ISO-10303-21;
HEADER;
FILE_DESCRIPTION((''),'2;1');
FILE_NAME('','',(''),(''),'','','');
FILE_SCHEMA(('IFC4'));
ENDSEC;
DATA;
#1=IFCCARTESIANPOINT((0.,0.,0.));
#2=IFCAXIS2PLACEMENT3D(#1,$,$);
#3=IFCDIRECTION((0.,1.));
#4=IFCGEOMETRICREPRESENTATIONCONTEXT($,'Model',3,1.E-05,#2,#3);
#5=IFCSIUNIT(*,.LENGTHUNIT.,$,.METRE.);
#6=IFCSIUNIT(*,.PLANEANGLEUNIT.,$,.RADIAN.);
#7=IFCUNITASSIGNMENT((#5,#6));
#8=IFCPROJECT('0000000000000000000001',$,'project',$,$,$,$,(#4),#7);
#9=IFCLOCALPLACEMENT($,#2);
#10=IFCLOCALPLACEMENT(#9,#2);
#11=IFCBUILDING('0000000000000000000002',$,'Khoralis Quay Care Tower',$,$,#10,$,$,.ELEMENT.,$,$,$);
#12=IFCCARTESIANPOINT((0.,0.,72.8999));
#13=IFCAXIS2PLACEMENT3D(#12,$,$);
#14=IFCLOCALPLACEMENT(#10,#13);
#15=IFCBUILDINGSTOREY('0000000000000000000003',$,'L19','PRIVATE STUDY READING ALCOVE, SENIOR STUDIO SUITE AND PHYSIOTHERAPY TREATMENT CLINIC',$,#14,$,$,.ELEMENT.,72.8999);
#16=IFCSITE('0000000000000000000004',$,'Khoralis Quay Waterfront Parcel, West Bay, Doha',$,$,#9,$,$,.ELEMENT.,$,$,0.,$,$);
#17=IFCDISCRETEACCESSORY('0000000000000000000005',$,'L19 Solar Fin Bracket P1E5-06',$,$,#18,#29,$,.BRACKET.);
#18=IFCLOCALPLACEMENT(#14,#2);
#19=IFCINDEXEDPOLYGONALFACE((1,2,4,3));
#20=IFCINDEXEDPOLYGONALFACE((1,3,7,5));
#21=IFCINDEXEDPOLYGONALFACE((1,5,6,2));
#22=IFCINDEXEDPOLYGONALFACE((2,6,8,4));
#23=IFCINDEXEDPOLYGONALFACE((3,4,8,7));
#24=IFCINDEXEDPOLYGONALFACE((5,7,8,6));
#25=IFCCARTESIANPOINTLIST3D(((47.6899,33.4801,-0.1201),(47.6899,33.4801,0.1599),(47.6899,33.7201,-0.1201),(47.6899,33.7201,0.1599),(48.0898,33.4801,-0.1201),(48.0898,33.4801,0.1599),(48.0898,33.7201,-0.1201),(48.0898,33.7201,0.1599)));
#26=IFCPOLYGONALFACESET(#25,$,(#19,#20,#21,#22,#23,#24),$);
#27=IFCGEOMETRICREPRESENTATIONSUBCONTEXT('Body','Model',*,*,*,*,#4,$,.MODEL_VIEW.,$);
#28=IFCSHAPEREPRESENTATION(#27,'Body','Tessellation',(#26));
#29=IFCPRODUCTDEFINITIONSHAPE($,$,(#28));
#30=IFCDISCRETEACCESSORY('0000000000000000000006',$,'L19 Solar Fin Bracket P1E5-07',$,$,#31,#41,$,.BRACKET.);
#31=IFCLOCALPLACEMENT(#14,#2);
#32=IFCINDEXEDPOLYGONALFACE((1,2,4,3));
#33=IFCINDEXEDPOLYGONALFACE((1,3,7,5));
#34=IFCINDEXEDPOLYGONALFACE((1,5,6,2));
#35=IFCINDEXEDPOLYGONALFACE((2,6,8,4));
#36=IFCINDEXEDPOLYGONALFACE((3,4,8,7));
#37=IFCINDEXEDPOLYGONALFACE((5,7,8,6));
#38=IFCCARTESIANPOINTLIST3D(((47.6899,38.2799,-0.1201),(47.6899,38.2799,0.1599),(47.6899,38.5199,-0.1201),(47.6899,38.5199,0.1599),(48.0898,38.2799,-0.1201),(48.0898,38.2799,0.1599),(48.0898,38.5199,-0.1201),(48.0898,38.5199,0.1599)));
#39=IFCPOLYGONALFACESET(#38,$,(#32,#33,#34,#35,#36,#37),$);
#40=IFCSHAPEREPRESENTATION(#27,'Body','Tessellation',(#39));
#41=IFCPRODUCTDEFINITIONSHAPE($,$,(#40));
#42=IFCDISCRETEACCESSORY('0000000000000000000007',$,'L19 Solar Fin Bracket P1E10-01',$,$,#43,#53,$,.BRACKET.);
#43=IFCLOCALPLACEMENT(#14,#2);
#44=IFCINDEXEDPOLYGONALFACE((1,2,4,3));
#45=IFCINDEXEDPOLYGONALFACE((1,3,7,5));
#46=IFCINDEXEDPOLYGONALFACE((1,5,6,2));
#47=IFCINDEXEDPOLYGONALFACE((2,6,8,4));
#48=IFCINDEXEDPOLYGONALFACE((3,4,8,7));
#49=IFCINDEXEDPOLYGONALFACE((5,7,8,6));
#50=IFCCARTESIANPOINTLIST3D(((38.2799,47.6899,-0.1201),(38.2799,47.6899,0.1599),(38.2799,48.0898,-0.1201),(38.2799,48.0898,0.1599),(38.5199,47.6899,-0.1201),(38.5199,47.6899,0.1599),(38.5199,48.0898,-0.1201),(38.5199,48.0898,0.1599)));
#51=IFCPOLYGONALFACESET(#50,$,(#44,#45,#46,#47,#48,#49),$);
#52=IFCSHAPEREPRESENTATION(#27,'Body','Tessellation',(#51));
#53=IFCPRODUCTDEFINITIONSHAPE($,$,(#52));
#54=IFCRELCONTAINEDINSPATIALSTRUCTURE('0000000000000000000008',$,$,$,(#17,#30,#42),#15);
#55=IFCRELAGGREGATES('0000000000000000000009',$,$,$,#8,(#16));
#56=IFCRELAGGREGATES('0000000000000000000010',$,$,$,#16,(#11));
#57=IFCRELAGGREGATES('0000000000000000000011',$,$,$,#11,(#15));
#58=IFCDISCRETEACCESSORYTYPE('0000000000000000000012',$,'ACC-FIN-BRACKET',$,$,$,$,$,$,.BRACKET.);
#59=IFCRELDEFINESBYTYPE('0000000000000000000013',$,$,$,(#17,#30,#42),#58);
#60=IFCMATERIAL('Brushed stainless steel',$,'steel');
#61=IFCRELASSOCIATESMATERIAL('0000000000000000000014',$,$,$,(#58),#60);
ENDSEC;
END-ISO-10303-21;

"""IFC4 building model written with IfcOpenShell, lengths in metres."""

from ifc_helpers import new_model, si_unit, direction, frame, origin, origin_2d, place, context, subcontext, project, spatial, rectangle, extrude, source, transform, mapped, material, type_object, element, save


model = new_model("IFC4")

# Units and contexts
model_context = context("Model", 3, precision=1e-05, world=origin(), true_north=direction((0.0, 1.0)))
body_context = subcontext(model_context, "Body", "Model", "MODEL_VIEW")
ifc_project = project(units=[si_unit("LENGTHUNIT", "METRE"), si_unit("PLANEANGLEUNIT", "RADIAN")], contexts=[model_context])

# Site, building, storey
site_placement = place(None, origin())
site = spatial("IfcSite", under=ifc_project, at=site_placement, Name="Khoralis Quay Waterfront Parcel, West Bay, Doha", CompositionType="ELEMENT", RefElevation=0.0)
building_placement = place(site_placement, origin())
building = spatial("IfcBuilding", under=site, at=building_placement, Name="Khoralis Quay Care Tower", CompositionType="ELEMENT")
storey_placement = place(building_placement, frame((0.0, 0.0, 72.8999)))
storey = spatial("IfcBuildingStorey", under=building, at=storey_placement, Name="L19", Description="PRIVATE STUDY READING ALCOVE, SENIOR STUDIO SUITE AND PHYSIOTHERAPY TREATMENT CLINIC", CompositionType="ELEMENT", Elevation=72.8999)

# Discrete accessories
ifc_material_1 = material(Name="Brushed stainless steel", Category="steel")
discrete_accessory_type = type_object("IfcDiscreteAccessoryType", Name="ACC-FIN-BRACKET", PredefinedType="BRACKET", material=ifc_material_1)
shared_shape_1 = source(origin(), body_context, "Body", "SweptSolid", [
    extrude(rectangle(XDim=0.3999, YDim=0.24, at=origin_2d()), origin(), (0.0, 0.0, 1.0), 0.28),
])
for number, where, z_axis, x_axis, name in (
    (1, (47.8899, 33.6001, -0.1201), (0.0, 0.0, 1.0), (1.0, 0.0, 0.0), "L19 Solar Fin Bracket P1E5-06"),
    (2, (47.8899, 38.3999, -0.1201), (0.0, 0.0, 1.0), (1.0, 0.0, 0.0), "L19 Solar Fin Bracket P1E5-07"),
    (3, (38.3999, 47.8899, -0.1201), (0.0, 0.0, 1.0), (0.0, 1.0, 0.0), "L19 Solar Fin Bracket P1E10-01"),
):
    element("IfcDiscreteAccessory", number, at=place(storey_placement, frame(where, z_axis=z_axis, x_axis=x_axis)), inside=storey, type_object=discrete_accessory_type, Name=name, PredefinedType="BRACKET", context=body_context, shape_type="MappedRepresentation", body=[
        mapped(shared_shape_1, transform((0.0, 0.0, 0.0), scale=1.0)),
    ])

save(model, "model.ifc")
